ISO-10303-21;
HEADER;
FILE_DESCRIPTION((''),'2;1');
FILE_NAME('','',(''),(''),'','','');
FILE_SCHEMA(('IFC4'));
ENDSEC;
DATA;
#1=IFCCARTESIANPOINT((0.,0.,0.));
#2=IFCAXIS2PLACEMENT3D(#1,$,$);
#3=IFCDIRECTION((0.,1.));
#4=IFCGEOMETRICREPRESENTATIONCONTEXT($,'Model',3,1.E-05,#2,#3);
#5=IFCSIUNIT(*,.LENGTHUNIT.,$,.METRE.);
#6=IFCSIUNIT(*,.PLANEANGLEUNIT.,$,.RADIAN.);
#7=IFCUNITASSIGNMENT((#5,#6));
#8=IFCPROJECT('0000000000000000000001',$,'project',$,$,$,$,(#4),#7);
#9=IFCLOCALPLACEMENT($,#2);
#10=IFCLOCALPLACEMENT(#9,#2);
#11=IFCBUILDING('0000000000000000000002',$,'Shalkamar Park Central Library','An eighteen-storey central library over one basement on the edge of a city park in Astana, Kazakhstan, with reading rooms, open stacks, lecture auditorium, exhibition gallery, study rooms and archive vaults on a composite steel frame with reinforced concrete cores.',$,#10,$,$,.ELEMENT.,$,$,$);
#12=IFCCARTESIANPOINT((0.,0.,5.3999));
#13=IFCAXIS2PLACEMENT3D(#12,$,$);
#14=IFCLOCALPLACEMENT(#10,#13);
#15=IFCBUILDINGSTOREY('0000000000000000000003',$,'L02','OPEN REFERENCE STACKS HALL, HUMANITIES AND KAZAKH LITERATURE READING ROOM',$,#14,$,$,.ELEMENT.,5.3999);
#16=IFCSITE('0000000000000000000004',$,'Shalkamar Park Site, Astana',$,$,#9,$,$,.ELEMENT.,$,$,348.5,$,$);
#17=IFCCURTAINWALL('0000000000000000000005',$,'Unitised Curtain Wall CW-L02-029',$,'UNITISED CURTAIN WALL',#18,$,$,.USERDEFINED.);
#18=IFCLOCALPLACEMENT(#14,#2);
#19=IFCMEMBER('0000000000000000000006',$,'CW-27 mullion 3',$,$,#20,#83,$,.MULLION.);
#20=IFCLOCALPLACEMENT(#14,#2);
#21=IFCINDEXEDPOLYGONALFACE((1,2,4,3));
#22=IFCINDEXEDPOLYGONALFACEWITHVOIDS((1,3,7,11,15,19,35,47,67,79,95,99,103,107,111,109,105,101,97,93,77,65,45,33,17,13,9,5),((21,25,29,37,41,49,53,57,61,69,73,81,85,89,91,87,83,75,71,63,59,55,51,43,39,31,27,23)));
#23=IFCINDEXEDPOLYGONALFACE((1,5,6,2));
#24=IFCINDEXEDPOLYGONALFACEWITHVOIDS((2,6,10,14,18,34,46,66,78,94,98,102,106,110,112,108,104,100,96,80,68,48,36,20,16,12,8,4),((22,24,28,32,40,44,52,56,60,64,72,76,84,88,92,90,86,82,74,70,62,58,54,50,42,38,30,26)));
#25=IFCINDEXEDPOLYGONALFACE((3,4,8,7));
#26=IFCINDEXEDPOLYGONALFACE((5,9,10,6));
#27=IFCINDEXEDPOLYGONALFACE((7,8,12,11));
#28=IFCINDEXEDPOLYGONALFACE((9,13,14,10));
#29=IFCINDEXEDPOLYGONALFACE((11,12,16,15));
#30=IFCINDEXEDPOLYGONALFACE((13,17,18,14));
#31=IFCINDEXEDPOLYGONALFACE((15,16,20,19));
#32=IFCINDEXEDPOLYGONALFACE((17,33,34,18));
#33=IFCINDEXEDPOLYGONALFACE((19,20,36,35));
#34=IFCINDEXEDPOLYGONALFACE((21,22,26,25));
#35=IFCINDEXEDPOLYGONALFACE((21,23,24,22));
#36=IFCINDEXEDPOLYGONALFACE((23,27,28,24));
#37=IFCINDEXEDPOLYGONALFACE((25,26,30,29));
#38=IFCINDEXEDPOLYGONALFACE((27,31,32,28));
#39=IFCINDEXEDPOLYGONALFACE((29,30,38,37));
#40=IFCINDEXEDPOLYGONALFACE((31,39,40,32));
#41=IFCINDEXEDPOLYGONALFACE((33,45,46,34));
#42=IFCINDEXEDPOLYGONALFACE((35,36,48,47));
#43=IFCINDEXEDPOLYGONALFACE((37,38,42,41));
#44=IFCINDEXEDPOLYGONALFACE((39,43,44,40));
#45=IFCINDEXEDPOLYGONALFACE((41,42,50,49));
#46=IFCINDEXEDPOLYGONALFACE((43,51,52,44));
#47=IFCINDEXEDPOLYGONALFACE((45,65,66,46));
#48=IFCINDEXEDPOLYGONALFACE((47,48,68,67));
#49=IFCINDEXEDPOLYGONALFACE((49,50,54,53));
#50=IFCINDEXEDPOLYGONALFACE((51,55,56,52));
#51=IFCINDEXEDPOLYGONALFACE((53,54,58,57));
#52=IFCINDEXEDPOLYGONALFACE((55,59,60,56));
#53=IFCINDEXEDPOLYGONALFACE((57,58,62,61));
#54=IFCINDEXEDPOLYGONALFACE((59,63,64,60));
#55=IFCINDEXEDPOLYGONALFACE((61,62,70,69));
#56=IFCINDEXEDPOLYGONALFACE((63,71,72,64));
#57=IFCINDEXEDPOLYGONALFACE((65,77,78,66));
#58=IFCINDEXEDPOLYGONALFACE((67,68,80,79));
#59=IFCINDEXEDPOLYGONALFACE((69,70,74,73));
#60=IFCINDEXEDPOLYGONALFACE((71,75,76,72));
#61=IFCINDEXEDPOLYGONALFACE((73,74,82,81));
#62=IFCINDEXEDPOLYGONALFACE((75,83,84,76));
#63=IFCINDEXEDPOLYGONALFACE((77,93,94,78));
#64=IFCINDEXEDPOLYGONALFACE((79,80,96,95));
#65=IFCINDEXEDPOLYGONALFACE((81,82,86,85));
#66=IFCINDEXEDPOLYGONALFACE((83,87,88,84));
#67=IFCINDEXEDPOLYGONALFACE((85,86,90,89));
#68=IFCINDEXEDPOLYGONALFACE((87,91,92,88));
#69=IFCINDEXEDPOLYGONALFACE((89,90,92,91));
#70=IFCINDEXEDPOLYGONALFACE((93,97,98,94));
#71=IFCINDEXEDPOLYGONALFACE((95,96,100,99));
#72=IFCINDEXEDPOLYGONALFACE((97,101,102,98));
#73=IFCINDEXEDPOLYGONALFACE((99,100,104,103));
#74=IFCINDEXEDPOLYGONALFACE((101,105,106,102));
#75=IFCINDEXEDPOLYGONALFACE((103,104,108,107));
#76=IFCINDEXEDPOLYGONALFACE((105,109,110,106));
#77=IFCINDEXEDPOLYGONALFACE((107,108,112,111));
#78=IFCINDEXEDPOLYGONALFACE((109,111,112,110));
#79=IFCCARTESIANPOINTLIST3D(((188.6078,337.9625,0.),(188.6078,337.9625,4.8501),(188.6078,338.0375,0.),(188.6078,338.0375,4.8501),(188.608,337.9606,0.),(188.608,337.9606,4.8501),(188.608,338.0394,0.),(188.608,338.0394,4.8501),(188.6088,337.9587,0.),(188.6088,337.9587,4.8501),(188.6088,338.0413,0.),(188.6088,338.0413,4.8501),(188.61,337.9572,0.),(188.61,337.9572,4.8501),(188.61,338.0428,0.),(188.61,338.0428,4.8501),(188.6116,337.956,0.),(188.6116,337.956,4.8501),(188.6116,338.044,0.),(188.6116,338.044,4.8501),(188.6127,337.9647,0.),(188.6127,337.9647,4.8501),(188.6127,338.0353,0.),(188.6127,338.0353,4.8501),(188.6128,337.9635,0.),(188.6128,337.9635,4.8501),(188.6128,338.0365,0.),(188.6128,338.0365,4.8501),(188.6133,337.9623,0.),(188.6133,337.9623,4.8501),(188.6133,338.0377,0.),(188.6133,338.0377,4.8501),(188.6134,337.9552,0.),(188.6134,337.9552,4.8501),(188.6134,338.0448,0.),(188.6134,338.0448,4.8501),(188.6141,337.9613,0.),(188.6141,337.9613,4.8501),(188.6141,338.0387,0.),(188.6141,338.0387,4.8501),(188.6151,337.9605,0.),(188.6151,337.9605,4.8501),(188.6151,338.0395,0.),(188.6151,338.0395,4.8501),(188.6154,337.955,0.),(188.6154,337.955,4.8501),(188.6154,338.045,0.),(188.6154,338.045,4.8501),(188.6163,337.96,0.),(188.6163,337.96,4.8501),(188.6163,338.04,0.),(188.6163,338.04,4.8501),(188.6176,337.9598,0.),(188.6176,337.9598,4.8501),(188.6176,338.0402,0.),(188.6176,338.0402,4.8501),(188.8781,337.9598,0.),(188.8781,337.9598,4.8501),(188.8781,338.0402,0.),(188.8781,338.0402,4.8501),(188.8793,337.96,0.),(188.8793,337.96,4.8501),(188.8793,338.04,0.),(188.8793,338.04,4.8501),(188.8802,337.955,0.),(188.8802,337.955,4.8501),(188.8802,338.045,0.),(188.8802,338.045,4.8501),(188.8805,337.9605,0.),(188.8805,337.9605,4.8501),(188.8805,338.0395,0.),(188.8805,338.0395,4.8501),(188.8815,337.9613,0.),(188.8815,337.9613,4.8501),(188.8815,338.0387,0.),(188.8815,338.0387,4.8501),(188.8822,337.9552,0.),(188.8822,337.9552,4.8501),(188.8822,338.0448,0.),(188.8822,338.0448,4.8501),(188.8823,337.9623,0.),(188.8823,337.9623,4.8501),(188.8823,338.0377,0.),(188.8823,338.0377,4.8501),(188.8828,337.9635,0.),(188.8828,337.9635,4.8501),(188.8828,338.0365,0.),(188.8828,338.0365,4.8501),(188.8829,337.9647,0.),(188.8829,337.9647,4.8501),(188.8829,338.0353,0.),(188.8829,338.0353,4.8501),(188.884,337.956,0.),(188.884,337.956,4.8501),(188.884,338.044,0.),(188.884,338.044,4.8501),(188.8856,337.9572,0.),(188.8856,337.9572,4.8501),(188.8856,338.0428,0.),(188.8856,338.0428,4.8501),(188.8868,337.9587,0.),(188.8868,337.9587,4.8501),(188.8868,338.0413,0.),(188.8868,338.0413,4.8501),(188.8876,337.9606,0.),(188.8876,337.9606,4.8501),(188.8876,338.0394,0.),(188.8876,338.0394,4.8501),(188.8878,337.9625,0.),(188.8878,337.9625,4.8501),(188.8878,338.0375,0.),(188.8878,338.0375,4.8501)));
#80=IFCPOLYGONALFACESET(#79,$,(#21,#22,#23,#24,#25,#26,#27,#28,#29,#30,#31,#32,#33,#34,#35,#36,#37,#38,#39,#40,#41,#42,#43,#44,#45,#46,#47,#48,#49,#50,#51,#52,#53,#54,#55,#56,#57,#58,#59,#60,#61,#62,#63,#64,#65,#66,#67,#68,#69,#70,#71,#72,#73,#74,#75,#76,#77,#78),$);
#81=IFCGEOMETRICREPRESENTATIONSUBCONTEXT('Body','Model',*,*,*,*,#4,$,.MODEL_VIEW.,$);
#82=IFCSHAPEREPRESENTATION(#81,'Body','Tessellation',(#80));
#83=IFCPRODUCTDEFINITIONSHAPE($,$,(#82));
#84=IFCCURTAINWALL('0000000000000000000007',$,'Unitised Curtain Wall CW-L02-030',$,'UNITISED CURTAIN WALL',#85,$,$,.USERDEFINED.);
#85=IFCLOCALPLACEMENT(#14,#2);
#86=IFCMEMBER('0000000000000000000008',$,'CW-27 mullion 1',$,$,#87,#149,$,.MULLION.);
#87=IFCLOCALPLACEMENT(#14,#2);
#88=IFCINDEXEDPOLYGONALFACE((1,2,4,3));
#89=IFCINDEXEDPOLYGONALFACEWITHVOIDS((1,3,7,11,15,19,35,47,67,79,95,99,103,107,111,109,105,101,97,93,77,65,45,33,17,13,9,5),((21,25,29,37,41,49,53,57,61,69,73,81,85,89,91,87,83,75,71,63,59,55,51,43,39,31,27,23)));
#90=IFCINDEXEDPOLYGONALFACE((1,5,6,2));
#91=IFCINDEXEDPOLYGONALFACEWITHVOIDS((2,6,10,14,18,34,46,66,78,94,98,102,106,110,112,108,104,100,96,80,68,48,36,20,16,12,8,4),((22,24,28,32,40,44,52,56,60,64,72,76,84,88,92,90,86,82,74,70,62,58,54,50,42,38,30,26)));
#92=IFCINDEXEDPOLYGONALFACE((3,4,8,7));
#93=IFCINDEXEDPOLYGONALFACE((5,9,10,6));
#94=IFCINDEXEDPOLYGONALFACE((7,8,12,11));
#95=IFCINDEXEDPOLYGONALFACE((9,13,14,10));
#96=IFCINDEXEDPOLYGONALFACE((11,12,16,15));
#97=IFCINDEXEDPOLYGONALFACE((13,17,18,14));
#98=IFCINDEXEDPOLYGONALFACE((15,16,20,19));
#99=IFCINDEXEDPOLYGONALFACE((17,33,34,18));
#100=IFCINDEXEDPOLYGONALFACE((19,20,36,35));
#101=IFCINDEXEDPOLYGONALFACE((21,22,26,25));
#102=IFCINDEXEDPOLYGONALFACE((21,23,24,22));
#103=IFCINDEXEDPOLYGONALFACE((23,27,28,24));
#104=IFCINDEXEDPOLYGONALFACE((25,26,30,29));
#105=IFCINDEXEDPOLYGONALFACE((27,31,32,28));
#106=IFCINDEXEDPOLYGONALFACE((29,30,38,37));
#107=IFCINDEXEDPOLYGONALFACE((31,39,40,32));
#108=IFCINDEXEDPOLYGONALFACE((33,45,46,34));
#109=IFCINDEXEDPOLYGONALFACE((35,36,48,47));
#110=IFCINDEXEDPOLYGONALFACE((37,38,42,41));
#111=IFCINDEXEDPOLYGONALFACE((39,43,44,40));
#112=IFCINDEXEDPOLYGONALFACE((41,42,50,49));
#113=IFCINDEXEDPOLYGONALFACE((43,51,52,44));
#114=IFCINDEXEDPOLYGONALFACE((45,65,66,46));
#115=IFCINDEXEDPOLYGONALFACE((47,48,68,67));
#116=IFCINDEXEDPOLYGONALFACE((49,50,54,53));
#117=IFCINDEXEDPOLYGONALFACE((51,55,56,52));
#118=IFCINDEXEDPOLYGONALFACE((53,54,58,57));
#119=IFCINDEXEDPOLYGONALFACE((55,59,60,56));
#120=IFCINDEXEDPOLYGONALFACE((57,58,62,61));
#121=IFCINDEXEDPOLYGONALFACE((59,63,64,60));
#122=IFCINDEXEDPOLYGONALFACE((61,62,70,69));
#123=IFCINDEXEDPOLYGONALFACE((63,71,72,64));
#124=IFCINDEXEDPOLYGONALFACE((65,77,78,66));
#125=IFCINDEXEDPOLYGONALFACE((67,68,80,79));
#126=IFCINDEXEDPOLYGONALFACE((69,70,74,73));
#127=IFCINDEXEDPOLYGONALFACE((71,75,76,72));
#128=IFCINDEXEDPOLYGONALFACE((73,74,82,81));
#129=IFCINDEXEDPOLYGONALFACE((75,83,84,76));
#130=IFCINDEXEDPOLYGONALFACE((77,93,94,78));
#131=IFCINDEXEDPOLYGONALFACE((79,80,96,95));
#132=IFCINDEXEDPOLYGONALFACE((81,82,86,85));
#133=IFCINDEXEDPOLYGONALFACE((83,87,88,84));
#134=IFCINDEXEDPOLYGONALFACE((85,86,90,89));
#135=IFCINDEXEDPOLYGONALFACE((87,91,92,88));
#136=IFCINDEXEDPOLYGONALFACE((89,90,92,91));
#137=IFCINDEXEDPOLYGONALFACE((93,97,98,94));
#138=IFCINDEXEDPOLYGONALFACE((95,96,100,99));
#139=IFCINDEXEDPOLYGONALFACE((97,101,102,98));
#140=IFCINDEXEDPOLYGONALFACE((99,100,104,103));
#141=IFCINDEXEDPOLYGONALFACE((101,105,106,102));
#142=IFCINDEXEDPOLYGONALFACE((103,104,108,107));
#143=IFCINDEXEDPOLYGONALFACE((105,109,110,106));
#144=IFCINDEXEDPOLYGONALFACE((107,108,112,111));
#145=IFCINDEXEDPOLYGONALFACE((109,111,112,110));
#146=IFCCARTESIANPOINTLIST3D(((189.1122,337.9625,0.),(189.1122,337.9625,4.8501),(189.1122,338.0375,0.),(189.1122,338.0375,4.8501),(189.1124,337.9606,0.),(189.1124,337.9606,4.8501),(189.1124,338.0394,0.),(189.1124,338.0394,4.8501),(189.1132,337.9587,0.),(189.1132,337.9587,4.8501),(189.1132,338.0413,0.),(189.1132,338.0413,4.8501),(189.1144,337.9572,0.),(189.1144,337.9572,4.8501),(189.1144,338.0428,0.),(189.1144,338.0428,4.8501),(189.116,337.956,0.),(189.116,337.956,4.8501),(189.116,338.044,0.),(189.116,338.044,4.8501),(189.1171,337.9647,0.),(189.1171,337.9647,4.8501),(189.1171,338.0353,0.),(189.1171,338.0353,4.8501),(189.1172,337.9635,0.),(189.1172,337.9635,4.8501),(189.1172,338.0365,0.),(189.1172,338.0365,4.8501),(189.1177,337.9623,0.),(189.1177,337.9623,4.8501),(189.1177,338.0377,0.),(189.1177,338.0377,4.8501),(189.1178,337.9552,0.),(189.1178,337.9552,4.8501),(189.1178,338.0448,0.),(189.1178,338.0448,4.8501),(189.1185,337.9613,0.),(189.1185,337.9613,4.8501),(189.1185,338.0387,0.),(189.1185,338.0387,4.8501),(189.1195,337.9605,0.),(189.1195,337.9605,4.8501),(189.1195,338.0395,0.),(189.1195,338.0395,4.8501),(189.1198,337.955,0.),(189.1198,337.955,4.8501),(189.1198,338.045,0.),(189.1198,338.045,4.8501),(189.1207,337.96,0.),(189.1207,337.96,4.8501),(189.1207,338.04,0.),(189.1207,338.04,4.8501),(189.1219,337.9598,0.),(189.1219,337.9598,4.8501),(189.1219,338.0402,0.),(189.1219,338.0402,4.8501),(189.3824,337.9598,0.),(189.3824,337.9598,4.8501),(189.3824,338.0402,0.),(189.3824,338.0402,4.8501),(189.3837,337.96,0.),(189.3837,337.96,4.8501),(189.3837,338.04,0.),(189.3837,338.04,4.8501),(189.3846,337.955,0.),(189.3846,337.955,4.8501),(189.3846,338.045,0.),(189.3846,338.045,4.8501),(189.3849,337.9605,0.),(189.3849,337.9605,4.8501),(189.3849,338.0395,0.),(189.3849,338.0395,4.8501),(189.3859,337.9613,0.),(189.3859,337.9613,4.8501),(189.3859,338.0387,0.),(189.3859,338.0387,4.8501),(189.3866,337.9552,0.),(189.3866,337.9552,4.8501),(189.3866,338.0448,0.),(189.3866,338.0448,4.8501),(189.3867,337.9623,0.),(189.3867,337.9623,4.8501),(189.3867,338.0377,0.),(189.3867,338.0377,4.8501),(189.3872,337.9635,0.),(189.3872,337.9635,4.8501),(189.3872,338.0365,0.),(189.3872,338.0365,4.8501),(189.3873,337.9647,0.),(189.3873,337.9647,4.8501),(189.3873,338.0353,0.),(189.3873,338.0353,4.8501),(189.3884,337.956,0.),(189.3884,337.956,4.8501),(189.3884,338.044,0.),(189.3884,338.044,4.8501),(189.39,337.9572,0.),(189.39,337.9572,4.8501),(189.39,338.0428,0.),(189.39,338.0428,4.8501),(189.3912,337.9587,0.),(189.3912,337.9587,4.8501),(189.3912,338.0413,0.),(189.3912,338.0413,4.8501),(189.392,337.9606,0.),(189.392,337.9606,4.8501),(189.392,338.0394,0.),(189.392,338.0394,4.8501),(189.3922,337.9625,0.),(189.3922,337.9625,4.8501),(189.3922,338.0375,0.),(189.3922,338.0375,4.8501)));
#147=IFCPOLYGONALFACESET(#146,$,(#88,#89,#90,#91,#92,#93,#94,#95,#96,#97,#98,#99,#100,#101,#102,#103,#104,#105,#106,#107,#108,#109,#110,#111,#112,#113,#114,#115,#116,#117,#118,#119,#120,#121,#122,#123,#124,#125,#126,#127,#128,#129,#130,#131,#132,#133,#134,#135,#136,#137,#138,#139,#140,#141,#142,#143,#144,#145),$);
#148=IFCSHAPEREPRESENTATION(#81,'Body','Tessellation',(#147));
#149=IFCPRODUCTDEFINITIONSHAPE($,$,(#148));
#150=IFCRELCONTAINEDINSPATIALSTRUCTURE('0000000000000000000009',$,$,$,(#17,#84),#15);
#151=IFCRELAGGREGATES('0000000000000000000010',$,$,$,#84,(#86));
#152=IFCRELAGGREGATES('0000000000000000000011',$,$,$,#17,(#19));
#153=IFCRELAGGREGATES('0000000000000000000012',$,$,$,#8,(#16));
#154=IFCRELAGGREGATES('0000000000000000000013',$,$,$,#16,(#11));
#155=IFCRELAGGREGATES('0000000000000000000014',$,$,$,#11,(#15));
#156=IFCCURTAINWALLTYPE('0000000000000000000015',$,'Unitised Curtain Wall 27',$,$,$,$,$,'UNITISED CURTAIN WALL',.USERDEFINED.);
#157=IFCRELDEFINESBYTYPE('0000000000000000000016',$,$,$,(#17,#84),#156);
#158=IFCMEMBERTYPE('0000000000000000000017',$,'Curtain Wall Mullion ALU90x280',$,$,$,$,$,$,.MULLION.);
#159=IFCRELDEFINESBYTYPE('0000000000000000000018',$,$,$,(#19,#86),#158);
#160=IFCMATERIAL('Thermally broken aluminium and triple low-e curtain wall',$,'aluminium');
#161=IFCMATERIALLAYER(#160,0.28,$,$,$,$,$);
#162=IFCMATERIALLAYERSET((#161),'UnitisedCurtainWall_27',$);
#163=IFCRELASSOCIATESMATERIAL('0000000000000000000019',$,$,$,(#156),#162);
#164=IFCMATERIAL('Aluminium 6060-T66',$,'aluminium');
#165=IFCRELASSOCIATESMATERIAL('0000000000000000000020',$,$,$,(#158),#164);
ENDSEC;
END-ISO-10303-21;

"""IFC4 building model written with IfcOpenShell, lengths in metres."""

from ifc_helpers import new_model, si_unit, direction, frame, origin, origin_2d, place, context, subcontext, project, spatial, hollow_rectangle, extrude, material, layer, layer_set, material_profile, profile_set, type_object, element, aggregate, save


model = new_model("IFC4")

# Units and contexts
model_context = context("Model", 3, precision=1e-05, world=origin(), true_north=direction((0.0, 1.0)))
body_context = subcontext(model_context, "Body", "Model", "MODEL_VIEW")
ifc_project = project(units=[si_unit("LENGTHUNIT", "METRE"), si_unit("PLANEANGLEUNIT", "RADIAN")], contexts=[model_context])

# Site, building, storey
site_placement = place(None, origin())
site = spatial("IfcSite", under=ifc_project, at=site_placement, Name="Shalkamar Park Site, Astana", CompositionType="ELEMENT", RefElevation=348.5)
building_placement = place(site_placement, origin())
building = spatial("IfcBuilding", under=site, at=building_placement, Name="Shalkamar Park Central Library", Description="An eighteen-storey central library over one basement on the edge of a city park in Astana, Kazakhstan, with reading rooms, open stacks, lecture auditorium, exhibition gallery, study rooms and archive vaults on a composite steel frame with reinforced concrete cores.", CompositionType="ELEMENT")
storey_placement = place(building_placement, frame((0.0, 0.0, 5.3999)))
storey = spatial("IfcBuildingStorey", under=building, at=storey_placement, Name="L02", Description="OPEN REFERENCE STACKS HALL, HUMANITIES AND KAZAKH LITERATURE READING ROOM", CompositionType="ELEMENT", Elevation=5.3999)

# Shared definitions
ifc_material_1 = material(Name="Thermally broken aluminium and triple low-e curtain wall", Category="aluminium")
ifc_material_2 = material(Name="Aluminium 6060-T66", Category="aluminium")

# Curtain wall, member
ifc_layer_1 = layer(ifc_material_1, 0.28)
ifc_layer_set_1 = layer_set([ifc_layer_1], Name="UnitisedCurtainWall_27")
curtain_wall_type_1 = type_object("IfcCurtainWallType", Name="Unitised Curtain Wall 27", ElementType="UNITISED CURTAIN WALL", PredefinedType="USERDEFINED", material=ifc_layer_set_1)
curtain_wall_1_placement = place(storey_placement, origin())
curtain_wall_1 = element("IfcCurtainWall", 1, at=curtain_wall_1_placement, inside=storey, type_object=curtain_wall_type_1, Name="Unitised Curtain Wall CW-L02-029", ObjectType="UNITISED CURTAIN WALL", PredefinedType="USERDEFINED")
ifc_material_profile_1 = material_profile(ifc_material_2, hollow_rectangle(XDim=0.0901, YDim=0.28, WallThickness=0.0049, InnerFilletRadius=0.0049, OuterFilletRadius=0.0076, at=origin_2d()), Name="ALU 90x280x5")
ifc_profile_set_1 = profile_set([ifc_material_profile_1], Name="Aluminium 6060-T66")
member_type_1 = type_object("IfcMemberType", Name="Curtain Wall Mullion ALU90x280", PredefinedType="MULLION", material=ifc_profile_set_1)
member_1_placement = place(storey_placement, frame((188.7478, 338.0, 0.0), z_axis=(0.0, 0.0, 1.0), x_axis=(0.0, 1.0, 0.0)))
member_1 = element("IfcMember", 2, at=member_1_placement, type_object=member_type_1, Name="CW-27 mullion 3", PredefinedType="MULLION", context=body_context, shape_type="SweptSolid", body=[
    extrude(hollow_rectangle(XDim=0.0901, YDim=0.28, WallThickness=0.0049, InnerFilletRadius=0.0049, OuterFilletRadius=0.0076, at=origin_2d()), origin(), (0.0, 0.0, 1.0), 4.8501),
])

# Curtain wall, member
curtain_wall_2_placement = place(storey_placement, origin())
curtain_wall_2 = element("IfcCurtainWall", 3, at=curtain_wall_2_placement, inside=storey, type_object=curtain_wall_type_1, Name="Unitised Curtain Wall CW-L02-030", ObjectType="UNITISED CURTAIN WALL", PredefinedType="USERDEFINED")
member_2_placement = place(storey_placement, frame((189.2522, 338.0, 0.0), z_axis=(0.0, 0.0, 1.0), x_axis=(0.0, 1.0, 0.0)))
member_2 = element("IfcMember", 4, at=member_2_placement, type_object=member_type_1, Name="CW-27 mullion 1", PredefinedType="MULLION", context=body_context, shape_type="SweptSolid", body=[
    extrude(hollow_rectangle(XDim=0.0901, YDim=0.28, WallThickness=0.0049, InnerFilletRadius=0.0049, OuterFilletRadius=0.0076, at=origin_2d()), origin(), (0.0, 0.0, 1.0), 4.8501),
])

aggregate(curtain_wall_2, [member_2])

aggregate(curtain_wall_1, [member_1])

save(model, "model.ifc")
